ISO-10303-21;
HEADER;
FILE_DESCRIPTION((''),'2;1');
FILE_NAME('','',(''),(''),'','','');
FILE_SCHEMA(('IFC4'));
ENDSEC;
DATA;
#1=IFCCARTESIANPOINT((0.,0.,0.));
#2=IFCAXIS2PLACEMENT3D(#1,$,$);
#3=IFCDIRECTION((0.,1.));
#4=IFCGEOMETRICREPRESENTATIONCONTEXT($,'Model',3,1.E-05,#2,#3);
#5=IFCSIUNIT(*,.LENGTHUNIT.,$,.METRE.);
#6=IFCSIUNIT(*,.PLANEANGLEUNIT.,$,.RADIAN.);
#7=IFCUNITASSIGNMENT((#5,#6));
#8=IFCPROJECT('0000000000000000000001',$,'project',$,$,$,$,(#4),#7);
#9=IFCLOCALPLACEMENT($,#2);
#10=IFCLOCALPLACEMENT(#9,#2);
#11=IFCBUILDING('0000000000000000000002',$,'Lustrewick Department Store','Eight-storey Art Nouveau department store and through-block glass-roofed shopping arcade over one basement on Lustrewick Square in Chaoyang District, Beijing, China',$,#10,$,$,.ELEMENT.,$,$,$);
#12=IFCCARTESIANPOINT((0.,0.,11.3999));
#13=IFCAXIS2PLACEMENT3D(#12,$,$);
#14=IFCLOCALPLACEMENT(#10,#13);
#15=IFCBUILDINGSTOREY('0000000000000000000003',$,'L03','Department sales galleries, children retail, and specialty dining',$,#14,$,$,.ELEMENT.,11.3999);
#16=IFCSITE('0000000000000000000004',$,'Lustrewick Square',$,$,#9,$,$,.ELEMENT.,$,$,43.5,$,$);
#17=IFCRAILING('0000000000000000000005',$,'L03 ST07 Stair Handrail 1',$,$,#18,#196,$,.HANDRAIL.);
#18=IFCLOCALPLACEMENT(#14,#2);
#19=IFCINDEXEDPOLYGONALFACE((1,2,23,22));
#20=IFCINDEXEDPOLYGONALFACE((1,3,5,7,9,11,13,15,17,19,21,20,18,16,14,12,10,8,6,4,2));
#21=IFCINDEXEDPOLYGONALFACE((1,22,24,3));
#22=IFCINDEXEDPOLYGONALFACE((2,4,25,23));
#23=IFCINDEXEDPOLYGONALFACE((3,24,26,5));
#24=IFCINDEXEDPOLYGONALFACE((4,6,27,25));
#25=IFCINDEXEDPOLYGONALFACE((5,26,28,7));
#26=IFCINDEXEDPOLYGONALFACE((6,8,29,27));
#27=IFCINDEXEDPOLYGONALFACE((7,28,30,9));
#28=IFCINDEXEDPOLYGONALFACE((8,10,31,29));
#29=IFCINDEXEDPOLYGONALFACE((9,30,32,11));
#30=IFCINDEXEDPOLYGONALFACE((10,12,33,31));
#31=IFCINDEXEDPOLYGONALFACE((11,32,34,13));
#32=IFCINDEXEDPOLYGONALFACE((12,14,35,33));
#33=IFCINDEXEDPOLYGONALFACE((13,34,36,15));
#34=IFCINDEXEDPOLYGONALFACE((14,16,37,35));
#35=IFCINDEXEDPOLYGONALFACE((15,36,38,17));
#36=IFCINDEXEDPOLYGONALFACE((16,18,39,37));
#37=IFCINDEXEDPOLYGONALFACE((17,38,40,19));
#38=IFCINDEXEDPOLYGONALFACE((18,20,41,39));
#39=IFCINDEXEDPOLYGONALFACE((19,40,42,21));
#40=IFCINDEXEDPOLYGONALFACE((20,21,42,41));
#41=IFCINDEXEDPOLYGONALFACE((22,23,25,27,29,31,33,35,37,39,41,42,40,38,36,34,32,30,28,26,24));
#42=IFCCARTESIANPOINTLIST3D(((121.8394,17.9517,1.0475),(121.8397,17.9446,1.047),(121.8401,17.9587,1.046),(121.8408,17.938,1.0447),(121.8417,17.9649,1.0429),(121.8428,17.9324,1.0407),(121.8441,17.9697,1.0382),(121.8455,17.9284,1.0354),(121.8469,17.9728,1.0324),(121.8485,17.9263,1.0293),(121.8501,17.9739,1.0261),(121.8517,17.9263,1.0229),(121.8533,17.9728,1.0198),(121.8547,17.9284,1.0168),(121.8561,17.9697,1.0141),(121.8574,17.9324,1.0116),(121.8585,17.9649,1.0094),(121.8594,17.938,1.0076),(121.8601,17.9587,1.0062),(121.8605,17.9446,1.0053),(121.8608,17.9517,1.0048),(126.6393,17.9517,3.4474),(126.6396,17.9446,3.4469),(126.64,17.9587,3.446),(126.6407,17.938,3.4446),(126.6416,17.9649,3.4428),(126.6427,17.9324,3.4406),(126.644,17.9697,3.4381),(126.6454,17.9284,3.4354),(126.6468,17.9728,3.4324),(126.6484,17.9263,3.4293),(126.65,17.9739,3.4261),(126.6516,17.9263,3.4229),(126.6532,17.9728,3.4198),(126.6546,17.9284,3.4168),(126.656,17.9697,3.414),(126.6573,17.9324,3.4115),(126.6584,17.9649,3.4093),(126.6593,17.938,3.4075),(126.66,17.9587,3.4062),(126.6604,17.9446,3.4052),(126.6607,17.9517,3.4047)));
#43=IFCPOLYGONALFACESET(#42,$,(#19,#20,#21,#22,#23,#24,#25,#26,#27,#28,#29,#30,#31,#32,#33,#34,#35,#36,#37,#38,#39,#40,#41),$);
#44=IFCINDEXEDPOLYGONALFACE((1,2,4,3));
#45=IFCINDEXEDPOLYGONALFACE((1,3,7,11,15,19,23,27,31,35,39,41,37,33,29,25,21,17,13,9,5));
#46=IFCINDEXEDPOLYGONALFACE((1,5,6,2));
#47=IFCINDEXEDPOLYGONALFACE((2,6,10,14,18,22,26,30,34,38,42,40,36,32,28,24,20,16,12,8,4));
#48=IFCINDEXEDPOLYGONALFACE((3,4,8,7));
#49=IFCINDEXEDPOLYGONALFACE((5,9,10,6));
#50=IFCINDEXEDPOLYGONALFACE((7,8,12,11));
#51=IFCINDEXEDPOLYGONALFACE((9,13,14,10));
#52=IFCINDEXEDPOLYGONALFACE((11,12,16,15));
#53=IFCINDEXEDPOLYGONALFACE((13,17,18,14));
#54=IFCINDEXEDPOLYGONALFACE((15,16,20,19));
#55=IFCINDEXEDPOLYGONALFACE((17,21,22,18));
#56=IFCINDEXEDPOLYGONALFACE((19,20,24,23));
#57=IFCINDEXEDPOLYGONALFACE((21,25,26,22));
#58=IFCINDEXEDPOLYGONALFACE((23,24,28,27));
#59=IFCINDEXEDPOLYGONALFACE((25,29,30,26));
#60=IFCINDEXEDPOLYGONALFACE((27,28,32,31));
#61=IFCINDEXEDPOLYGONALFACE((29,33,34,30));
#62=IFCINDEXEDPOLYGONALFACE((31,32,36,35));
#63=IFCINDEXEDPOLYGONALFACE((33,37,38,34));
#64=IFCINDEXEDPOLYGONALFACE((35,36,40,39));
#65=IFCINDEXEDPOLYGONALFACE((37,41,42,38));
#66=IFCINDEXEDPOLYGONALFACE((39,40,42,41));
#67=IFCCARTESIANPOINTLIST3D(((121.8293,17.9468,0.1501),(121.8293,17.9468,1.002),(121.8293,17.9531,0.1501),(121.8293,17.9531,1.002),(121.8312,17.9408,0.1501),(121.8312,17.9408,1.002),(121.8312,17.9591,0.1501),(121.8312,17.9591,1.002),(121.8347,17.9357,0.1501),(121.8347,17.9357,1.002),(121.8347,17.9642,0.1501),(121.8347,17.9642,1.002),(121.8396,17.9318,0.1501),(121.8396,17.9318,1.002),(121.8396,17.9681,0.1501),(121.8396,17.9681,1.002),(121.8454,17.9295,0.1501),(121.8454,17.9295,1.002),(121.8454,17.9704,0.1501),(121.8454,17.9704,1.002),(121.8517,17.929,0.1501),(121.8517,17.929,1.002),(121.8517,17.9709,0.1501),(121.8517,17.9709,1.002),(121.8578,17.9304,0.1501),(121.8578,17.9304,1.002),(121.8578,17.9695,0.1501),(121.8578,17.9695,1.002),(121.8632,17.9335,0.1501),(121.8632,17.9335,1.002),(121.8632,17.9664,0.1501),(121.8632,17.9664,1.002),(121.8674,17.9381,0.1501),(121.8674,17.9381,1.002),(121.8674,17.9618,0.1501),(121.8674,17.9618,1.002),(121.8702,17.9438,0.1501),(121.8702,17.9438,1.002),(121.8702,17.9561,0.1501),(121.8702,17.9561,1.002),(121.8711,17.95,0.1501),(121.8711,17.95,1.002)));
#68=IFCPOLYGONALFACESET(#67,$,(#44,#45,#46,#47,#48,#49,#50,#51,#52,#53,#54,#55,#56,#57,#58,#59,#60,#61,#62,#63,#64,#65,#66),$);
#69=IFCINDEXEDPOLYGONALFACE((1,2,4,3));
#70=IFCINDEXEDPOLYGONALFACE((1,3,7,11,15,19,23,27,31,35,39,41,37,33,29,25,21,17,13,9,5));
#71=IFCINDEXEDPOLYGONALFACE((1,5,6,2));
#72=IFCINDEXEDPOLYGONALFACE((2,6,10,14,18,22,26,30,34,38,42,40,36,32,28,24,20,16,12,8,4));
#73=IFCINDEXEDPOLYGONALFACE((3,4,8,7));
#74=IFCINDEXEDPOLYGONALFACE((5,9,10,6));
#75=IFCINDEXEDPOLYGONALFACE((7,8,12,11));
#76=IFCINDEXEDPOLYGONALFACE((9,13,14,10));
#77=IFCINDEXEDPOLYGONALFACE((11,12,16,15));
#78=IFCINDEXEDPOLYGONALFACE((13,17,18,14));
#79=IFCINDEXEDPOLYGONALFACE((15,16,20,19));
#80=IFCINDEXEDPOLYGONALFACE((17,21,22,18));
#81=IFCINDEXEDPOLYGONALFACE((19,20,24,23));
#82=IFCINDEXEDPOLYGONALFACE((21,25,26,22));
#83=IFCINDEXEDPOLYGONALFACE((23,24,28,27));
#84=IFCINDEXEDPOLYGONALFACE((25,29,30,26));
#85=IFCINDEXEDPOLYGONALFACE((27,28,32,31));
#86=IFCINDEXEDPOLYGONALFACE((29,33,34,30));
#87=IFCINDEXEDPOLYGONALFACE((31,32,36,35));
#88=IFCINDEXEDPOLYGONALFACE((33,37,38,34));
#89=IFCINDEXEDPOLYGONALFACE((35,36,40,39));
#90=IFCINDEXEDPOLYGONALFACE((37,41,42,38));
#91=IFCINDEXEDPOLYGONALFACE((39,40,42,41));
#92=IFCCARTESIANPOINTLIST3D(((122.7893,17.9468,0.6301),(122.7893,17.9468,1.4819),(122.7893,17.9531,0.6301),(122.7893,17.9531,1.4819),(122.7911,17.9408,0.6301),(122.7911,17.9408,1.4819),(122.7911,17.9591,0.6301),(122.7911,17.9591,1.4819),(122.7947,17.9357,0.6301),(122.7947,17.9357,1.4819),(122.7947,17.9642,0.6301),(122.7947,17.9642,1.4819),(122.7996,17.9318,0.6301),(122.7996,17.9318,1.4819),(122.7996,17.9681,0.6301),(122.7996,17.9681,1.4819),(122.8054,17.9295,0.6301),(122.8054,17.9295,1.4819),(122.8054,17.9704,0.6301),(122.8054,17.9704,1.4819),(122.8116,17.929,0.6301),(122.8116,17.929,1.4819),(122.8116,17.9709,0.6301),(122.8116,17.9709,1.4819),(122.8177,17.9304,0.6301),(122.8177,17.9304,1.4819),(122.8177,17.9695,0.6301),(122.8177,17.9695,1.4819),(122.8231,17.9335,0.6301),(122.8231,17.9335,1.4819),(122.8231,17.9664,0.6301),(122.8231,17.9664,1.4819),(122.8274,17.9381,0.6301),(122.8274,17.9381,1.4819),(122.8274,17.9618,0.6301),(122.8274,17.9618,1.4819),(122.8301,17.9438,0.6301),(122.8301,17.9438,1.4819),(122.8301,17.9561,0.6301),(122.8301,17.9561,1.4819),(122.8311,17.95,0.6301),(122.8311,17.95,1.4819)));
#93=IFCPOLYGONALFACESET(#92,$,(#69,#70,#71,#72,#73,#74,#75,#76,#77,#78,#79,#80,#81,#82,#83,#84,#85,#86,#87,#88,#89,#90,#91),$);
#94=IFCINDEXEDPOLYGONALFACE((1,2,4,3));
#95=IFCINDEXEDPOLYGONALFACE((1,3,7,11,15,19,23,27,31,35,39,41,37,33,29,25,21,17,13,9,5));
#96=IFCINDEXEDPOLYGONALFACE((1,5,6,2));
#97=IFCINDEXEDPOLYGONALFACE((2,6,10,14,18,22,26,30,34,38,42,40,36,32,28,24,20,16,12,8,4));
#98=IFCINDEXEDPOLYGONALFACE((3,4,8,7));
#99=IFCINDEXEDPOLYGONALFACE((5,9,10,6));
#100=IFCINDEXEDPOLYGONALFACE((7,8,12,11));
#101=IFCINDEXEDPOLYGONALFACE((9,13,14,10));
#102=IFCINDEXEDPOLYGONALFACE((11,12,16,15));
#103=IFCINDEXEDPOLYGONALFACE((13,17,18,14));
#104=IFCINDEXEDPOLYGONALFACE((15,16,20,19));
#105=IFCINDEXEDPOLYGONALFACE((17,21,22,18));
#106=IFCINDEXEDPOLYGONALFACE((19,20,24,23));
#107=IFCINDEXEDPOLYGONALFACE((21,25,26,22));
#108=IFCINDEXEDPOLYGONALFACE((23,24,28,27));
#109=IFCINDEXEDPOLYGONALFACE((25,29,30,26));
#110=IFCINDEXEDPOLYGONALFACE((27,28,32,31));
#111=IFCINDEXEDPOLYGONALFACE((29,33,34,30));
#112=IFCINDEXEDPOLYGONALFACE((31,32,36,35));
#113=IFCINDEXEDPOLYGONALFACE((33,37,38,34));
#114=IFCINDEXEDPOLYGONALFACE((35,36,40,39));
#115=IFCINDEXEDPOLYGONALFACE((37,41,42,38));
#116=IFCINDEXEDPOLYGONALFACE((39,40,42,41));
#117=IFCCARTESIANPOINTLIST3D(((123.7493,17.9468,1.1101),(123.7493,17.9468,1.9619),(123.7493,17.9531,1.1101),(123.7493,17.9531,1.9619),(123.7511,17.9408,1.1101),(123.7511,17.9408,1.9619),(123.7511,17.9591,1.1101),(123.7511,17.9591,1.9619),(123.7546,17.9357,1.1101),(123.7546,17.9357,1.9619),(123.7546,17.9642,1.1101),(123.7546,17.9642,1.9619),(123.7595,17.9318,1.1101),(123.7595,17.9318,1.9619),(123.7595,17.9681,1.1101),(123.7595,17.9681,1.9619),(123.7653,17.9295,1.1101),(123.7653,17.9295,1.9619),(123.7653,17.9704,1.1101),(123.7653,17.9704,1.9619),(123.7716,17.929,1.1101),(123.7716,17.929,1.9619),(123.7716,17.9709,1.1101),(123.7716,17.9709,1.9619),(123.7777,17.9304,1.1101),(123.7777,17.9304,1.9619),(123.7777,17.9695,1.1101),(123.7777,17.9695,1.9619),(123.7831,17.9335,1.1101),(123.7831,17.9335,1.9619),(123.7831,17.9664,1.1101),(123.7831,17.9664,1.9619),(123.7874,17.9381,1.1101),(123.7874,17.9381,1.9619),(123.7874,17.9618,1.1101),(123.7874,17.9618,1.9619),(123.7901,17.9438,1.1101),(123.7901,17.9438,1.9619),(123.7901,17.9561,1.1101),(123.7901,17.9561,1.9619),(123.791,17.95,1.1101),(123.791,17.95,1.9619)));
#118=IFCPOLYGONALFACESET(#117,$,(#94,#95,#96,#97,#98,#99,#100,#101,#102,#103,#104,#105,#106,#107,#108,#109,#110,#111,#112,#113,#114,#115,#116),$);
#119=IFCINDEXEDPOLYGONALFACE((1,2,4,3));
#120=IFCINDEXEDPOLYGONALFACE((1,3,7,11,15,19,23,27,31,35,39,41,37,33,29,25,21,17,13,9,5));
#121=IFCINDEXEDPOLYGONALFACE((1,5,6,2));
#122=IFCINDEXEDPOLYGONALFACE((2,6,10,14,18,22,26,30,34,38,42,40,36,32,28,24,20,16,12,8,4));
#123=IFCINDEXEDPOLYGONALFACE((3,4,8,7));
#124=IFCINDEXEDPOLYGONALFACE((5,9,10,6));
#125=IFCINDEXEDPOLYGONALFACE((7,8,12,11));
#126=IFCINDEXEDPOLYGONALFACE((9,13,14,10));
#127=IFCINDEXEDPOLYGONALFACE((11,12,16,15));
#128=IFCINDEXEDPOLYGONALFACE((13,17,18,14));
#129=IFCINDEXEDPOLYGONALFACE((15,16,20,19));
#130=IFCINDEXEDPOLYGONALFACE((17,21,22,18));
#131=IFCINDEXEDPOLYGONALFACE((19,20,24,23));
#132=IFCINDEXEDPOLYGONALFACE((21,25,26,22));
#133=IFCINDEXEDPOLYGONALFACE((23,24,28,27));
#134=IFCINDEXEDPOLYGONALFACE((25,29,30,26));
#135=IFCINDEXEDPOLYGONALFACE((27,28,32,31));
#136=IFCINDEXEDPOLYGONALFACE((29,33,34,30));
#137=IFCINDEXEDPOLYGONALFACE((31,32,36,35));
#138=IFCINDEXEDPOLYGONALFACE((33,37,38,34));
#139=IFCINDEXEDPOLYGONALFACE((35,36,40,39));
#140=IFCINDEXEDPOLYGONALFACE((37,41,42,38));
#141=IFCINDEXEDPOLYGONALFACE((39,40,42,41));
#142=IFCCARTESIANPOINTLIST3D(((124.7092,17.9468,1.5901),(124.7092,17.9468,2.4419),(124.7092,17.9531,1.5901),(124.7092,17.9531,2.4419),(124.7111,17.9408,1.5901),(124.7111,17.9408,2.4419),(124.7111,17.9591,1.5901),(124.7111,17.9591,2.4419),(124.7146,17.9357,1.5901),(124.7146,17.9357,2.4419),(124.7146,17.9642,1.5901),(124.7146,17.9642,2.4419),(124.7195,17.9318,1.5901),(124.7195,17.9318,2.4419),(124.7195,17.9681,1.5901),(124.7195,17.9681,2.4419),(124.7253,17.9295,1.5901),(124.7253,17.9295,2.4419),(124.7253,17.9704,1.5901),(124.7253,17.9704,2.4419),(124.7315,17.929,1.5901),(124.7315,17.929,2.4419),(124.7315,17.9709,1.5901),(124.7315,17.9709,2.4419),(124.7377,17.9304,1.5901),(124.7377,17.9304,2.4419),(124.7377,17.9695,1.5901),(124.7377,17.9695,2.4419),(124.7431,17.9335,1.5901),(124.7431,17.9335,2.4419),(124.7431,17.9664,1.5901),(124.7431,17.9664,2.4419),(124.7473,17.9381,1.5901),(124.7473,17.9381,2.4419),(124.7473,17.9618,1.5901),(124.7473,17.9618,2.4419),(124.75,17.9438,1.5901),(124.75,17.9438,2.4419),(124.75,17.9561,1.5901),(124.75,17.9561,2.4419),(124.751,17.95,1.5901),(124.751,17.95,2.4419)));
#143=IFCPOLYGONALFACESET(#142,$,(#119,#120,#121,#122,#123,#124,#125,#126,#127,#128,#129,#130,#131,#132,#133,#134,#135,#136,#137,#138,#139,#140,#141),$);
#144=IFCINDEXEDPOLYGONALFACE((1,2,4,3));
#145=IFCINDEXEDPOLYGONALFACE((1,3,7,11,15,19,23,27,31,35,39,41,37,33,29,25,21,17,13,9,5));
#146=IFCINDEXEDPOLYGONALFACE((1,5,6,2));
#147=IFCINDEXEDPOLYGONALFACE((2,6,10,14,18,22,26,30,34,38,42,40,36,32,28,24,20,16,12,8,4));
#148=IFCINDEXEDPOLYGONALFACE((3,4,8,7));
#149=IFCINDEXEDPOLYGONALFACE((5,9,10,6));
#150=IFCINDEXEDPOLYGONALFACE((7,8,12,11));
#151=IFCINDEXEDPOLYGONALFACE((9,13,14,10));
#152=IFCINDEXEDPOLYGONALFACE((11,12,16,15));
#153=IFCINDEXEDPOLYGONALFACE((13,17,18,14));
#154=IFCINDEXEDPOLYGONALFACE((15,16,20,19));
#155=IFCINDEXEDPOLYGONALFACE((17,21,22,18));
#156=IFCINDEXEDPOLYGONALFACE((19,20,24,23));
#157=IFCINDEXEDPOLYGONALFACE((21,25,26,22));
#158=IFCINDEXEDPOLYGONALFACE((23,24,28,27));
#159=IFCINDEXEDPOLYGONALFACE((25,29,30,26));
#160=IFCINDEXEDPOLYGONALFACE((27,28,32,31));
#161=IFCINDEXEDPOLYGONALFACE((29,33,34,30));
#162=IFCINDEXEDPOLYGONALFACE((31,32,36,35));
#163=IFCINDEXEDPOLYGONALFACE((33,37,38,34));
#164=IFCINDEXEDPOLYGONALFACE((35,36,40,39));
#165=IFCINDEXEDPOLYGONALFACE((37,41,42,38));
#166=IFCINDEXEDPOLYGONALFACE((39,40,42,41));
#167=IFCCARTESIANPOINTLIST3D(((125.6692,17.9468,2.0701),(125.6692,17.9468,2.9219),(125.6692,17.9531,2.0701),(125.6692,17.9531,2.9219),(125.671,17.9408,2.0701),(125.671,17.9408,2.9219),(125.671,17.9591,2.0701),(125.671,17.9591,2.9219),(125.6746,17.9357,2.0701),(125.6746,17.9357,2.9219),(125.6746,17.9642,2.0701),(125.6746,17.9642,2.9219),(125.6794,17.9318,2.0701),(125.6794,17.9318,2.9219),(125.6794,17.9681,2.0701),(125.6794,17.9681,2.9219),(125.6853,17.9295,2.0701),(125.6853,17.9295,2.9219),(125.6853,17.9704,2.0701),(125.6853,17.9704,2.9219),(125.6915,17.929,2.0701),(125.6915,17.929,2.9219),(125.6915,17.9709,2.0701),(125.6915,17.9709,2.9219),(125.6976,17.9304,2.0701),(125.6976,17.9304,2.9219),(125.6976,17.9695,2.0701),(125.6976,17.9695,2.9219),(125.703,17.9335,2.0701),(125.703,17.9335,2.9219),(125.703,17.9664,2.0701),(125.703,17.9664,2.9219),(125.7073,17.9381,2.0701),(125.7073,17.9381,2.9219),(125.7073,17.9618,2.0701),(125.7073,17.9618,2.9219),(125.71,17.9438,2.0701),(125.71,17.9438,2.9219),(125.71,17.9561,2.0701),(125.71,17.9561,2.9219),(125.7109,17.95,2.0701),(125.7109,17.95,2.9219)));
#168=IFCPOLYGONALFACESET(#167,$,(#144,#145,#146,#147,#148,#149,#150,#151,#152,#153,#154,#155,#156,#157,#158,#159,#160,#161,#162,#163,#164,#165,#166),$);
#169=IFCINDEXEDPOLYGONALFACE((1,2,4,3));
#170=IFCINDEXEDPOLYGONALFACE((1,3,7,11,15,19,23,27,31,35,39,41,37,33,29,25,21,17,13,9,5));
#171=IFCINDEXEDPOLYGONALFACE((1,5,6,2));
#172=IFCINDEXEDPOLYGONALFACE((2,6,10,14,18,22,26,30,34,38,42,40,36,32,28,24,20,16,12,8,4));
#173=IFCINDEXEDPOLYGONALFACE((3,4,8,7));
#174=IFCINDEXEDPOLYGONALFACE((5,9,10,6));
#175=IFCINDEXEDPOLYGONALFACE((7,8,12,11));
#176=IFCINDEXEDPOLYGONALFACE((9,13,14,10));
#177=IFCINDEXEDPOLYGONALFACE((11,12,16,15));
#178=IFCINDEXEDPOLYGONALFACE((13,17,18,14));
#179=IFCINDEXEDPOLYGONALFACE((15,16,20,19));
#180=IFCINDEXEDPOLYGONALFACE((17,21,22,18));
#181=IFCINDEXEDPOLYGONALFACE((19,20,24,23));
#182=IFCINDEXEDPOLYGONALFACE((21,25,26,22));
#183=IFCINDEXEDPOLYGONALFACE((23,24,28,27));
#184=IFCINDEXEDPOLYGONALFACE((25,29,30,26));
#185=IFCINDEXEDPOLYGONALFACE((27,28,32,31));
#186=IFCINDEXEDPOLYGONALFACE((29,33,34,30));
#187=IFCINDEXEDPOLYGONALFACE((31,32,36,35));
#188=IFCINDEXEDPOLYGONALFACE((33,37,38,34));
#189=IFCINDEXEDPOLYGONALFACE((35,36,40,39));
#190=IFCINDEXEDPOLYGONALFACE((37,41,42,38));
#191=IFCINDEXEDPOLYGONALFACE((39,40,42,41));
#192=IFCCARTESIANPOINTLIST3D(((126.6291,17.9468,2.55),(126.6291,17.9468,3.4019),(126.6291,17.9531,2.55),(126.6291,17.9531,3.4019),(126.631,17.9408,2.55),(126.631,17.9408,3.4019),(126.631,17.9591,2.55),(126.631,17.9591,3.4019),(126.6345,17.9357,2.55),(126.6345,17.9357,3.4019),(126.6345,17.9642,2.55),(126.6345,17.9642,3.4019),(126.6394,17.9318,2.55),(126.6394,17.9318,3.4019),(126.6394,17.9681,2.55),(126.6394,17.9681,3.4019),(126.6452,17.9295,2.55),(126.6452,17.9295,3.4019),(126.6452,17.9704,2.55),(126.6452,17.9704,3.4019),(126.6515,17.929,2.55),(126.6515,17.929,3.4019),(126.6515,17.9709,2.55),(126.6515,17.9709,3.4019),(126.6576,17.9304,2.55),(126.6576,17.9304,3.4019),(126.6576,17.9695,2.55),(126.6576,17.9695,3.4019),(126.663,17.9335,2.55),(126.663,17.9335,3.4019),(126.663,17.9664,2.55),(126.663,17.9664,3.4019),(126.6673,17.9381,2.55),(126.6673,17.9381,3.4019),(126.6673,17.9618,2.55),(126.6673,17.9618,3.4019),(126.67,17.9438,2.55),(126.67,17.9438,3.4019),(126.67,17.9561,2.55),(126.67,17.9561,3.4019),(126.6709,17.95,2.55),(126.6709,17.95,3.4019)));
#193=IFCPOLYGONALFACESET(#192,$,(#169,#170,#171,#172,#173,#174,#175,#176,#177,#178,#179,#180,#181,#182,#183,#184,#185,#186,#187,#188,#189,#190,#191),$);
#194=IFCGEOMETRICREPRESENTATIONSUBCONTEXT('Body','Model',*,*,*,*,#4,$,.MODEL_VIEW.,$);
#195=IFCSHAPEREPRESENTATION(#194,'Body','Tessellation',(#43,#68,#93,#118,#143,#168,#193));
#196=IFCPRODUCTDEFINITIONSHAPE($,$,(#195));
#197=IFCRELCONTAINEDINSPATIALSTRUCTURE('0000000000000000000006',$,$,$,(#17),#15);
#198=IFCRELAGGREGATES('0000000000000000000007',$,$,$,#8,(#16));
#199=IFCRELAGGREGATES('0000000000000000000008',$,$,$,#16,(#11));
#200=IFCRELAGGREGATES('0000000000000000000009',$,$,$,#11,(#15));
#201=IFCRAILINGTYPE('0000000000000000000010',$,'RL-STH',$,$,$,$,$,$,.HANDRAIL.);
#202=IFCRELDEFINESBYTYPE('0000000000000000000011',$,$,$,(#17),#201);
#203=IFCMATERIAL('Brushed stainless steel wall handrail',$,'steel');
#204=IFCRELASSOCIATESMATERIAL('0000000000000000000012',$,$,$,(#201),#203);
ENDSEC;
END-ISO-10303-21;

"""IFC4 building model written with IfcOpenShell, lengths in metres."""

from ifc_helpers import new_model, si_unit, direction, frame, origin, origin_2d, place, context, subcontext, project, spatial, circle, extrude, material, type_object, element, save


model = new_model("IFC4")

# Units and contexts
model_context = context("Model", 3, precision=1e-05, world=origin(), true_north=direction((0.0, 1.0)))
body_context = subcontext(model_context, "Body", "Model", "MODEL_VIEW")
ifc_project = project(units=[si_unit("LENGTHUNIT", "METRE"), si_unit("PLANEANGLEUNIT", "RADIAN")], contexts=[model_context])

# Site, building, storey
site_placement = place(None, origin())
site = spatial("IfcSite", under=ifc_project, at=site_placement, Name="Lustrewick Square", CompositionType="ELEMENT", RefElevation=43.5)
building_placement = place(site_placement, origin())
building = spatial("IfcBuilding", under=site, at=building_placement, Name="Lustrewick Department Store", Description="Eight-storey Art Nouveau department store and through-block glass-roofed shopping arcade over one basement on Lustrewick Square in Chaoyang District, Beijing, China", CompositionType="ELEMENT")
storey_placement = place(building_placement, frame((0.0, 0.0, 11.3999)))
storey = spatial("IfcBuildingStorey", under=building, at=storey_placement, Name="L03", Description="Department sales galleries, children retail, and specialty dining", CompositionType="ELEMENT", Elevation=11.3999)

# Railing
ifc_material_1 = material(Name="Brushed stainless steel wall handrail", Category="steel")
railing_type_1 = type_object("IfcRailingType", Name="RL-STH", PredefinedType="HANDRAIL", material=ifc_material_1)
railing_1_placement = place(storey_placement, frame((121.8501, 17.95, 0.1501)))
element("IfcRailing", 1, at=railing_1_placement, inside=storey, type_object=railing_type_1, Name="L03 ST07 Stair Handrail 1", PredefinedType="HANDRAIL", context=body_context, shape_type="SweptSolid", body=[
    extrude(circle(Radius=0.0239, at=origin_2d()), frame((0.0, 0.0, 0.876), z_axis=(0.894427, 0.0, 0.447214), x_axis=(0.0, 1.0, 0.0)), (0.0, 0.0, 1.0), 5.3665),
    extrude(circle(Radius=0.021, at=origin_2d()), origin(), (0.0, 0.0, 1.0), 0.8518),
    extrude(circle(Radius=0.021, at=origin_2d()), frame((0.96, 0.0, 0.48)), (0.0, 0.0, 1.0), 0.8518),
    extrude(circle(Radius=0.021, at=origin_2d()), frame((1.9199, 0.0, 0.96)), (0.0, 0.0, 1.0), 0.8518),
    extrude(circle(Radius=0.021, at=origin_2d()), frame((2.8799, 0.0, 1.4399)), (0.0, 0.0, 1.0), 0.8518),
    extrude(circle(Radius=0.021, at=origin_2d()), frame((3.8398, 0.0, 1.9199)), (0.0, 0.0, 1.0), 0.8518),
    extrude(circle(Radius=0.021, at=origin_2d()), frame((4.7998, 0.0, 2.3999)), (0.0, 0.0, 1.0), 0.8518),
])

save(model, "model.ifc")
